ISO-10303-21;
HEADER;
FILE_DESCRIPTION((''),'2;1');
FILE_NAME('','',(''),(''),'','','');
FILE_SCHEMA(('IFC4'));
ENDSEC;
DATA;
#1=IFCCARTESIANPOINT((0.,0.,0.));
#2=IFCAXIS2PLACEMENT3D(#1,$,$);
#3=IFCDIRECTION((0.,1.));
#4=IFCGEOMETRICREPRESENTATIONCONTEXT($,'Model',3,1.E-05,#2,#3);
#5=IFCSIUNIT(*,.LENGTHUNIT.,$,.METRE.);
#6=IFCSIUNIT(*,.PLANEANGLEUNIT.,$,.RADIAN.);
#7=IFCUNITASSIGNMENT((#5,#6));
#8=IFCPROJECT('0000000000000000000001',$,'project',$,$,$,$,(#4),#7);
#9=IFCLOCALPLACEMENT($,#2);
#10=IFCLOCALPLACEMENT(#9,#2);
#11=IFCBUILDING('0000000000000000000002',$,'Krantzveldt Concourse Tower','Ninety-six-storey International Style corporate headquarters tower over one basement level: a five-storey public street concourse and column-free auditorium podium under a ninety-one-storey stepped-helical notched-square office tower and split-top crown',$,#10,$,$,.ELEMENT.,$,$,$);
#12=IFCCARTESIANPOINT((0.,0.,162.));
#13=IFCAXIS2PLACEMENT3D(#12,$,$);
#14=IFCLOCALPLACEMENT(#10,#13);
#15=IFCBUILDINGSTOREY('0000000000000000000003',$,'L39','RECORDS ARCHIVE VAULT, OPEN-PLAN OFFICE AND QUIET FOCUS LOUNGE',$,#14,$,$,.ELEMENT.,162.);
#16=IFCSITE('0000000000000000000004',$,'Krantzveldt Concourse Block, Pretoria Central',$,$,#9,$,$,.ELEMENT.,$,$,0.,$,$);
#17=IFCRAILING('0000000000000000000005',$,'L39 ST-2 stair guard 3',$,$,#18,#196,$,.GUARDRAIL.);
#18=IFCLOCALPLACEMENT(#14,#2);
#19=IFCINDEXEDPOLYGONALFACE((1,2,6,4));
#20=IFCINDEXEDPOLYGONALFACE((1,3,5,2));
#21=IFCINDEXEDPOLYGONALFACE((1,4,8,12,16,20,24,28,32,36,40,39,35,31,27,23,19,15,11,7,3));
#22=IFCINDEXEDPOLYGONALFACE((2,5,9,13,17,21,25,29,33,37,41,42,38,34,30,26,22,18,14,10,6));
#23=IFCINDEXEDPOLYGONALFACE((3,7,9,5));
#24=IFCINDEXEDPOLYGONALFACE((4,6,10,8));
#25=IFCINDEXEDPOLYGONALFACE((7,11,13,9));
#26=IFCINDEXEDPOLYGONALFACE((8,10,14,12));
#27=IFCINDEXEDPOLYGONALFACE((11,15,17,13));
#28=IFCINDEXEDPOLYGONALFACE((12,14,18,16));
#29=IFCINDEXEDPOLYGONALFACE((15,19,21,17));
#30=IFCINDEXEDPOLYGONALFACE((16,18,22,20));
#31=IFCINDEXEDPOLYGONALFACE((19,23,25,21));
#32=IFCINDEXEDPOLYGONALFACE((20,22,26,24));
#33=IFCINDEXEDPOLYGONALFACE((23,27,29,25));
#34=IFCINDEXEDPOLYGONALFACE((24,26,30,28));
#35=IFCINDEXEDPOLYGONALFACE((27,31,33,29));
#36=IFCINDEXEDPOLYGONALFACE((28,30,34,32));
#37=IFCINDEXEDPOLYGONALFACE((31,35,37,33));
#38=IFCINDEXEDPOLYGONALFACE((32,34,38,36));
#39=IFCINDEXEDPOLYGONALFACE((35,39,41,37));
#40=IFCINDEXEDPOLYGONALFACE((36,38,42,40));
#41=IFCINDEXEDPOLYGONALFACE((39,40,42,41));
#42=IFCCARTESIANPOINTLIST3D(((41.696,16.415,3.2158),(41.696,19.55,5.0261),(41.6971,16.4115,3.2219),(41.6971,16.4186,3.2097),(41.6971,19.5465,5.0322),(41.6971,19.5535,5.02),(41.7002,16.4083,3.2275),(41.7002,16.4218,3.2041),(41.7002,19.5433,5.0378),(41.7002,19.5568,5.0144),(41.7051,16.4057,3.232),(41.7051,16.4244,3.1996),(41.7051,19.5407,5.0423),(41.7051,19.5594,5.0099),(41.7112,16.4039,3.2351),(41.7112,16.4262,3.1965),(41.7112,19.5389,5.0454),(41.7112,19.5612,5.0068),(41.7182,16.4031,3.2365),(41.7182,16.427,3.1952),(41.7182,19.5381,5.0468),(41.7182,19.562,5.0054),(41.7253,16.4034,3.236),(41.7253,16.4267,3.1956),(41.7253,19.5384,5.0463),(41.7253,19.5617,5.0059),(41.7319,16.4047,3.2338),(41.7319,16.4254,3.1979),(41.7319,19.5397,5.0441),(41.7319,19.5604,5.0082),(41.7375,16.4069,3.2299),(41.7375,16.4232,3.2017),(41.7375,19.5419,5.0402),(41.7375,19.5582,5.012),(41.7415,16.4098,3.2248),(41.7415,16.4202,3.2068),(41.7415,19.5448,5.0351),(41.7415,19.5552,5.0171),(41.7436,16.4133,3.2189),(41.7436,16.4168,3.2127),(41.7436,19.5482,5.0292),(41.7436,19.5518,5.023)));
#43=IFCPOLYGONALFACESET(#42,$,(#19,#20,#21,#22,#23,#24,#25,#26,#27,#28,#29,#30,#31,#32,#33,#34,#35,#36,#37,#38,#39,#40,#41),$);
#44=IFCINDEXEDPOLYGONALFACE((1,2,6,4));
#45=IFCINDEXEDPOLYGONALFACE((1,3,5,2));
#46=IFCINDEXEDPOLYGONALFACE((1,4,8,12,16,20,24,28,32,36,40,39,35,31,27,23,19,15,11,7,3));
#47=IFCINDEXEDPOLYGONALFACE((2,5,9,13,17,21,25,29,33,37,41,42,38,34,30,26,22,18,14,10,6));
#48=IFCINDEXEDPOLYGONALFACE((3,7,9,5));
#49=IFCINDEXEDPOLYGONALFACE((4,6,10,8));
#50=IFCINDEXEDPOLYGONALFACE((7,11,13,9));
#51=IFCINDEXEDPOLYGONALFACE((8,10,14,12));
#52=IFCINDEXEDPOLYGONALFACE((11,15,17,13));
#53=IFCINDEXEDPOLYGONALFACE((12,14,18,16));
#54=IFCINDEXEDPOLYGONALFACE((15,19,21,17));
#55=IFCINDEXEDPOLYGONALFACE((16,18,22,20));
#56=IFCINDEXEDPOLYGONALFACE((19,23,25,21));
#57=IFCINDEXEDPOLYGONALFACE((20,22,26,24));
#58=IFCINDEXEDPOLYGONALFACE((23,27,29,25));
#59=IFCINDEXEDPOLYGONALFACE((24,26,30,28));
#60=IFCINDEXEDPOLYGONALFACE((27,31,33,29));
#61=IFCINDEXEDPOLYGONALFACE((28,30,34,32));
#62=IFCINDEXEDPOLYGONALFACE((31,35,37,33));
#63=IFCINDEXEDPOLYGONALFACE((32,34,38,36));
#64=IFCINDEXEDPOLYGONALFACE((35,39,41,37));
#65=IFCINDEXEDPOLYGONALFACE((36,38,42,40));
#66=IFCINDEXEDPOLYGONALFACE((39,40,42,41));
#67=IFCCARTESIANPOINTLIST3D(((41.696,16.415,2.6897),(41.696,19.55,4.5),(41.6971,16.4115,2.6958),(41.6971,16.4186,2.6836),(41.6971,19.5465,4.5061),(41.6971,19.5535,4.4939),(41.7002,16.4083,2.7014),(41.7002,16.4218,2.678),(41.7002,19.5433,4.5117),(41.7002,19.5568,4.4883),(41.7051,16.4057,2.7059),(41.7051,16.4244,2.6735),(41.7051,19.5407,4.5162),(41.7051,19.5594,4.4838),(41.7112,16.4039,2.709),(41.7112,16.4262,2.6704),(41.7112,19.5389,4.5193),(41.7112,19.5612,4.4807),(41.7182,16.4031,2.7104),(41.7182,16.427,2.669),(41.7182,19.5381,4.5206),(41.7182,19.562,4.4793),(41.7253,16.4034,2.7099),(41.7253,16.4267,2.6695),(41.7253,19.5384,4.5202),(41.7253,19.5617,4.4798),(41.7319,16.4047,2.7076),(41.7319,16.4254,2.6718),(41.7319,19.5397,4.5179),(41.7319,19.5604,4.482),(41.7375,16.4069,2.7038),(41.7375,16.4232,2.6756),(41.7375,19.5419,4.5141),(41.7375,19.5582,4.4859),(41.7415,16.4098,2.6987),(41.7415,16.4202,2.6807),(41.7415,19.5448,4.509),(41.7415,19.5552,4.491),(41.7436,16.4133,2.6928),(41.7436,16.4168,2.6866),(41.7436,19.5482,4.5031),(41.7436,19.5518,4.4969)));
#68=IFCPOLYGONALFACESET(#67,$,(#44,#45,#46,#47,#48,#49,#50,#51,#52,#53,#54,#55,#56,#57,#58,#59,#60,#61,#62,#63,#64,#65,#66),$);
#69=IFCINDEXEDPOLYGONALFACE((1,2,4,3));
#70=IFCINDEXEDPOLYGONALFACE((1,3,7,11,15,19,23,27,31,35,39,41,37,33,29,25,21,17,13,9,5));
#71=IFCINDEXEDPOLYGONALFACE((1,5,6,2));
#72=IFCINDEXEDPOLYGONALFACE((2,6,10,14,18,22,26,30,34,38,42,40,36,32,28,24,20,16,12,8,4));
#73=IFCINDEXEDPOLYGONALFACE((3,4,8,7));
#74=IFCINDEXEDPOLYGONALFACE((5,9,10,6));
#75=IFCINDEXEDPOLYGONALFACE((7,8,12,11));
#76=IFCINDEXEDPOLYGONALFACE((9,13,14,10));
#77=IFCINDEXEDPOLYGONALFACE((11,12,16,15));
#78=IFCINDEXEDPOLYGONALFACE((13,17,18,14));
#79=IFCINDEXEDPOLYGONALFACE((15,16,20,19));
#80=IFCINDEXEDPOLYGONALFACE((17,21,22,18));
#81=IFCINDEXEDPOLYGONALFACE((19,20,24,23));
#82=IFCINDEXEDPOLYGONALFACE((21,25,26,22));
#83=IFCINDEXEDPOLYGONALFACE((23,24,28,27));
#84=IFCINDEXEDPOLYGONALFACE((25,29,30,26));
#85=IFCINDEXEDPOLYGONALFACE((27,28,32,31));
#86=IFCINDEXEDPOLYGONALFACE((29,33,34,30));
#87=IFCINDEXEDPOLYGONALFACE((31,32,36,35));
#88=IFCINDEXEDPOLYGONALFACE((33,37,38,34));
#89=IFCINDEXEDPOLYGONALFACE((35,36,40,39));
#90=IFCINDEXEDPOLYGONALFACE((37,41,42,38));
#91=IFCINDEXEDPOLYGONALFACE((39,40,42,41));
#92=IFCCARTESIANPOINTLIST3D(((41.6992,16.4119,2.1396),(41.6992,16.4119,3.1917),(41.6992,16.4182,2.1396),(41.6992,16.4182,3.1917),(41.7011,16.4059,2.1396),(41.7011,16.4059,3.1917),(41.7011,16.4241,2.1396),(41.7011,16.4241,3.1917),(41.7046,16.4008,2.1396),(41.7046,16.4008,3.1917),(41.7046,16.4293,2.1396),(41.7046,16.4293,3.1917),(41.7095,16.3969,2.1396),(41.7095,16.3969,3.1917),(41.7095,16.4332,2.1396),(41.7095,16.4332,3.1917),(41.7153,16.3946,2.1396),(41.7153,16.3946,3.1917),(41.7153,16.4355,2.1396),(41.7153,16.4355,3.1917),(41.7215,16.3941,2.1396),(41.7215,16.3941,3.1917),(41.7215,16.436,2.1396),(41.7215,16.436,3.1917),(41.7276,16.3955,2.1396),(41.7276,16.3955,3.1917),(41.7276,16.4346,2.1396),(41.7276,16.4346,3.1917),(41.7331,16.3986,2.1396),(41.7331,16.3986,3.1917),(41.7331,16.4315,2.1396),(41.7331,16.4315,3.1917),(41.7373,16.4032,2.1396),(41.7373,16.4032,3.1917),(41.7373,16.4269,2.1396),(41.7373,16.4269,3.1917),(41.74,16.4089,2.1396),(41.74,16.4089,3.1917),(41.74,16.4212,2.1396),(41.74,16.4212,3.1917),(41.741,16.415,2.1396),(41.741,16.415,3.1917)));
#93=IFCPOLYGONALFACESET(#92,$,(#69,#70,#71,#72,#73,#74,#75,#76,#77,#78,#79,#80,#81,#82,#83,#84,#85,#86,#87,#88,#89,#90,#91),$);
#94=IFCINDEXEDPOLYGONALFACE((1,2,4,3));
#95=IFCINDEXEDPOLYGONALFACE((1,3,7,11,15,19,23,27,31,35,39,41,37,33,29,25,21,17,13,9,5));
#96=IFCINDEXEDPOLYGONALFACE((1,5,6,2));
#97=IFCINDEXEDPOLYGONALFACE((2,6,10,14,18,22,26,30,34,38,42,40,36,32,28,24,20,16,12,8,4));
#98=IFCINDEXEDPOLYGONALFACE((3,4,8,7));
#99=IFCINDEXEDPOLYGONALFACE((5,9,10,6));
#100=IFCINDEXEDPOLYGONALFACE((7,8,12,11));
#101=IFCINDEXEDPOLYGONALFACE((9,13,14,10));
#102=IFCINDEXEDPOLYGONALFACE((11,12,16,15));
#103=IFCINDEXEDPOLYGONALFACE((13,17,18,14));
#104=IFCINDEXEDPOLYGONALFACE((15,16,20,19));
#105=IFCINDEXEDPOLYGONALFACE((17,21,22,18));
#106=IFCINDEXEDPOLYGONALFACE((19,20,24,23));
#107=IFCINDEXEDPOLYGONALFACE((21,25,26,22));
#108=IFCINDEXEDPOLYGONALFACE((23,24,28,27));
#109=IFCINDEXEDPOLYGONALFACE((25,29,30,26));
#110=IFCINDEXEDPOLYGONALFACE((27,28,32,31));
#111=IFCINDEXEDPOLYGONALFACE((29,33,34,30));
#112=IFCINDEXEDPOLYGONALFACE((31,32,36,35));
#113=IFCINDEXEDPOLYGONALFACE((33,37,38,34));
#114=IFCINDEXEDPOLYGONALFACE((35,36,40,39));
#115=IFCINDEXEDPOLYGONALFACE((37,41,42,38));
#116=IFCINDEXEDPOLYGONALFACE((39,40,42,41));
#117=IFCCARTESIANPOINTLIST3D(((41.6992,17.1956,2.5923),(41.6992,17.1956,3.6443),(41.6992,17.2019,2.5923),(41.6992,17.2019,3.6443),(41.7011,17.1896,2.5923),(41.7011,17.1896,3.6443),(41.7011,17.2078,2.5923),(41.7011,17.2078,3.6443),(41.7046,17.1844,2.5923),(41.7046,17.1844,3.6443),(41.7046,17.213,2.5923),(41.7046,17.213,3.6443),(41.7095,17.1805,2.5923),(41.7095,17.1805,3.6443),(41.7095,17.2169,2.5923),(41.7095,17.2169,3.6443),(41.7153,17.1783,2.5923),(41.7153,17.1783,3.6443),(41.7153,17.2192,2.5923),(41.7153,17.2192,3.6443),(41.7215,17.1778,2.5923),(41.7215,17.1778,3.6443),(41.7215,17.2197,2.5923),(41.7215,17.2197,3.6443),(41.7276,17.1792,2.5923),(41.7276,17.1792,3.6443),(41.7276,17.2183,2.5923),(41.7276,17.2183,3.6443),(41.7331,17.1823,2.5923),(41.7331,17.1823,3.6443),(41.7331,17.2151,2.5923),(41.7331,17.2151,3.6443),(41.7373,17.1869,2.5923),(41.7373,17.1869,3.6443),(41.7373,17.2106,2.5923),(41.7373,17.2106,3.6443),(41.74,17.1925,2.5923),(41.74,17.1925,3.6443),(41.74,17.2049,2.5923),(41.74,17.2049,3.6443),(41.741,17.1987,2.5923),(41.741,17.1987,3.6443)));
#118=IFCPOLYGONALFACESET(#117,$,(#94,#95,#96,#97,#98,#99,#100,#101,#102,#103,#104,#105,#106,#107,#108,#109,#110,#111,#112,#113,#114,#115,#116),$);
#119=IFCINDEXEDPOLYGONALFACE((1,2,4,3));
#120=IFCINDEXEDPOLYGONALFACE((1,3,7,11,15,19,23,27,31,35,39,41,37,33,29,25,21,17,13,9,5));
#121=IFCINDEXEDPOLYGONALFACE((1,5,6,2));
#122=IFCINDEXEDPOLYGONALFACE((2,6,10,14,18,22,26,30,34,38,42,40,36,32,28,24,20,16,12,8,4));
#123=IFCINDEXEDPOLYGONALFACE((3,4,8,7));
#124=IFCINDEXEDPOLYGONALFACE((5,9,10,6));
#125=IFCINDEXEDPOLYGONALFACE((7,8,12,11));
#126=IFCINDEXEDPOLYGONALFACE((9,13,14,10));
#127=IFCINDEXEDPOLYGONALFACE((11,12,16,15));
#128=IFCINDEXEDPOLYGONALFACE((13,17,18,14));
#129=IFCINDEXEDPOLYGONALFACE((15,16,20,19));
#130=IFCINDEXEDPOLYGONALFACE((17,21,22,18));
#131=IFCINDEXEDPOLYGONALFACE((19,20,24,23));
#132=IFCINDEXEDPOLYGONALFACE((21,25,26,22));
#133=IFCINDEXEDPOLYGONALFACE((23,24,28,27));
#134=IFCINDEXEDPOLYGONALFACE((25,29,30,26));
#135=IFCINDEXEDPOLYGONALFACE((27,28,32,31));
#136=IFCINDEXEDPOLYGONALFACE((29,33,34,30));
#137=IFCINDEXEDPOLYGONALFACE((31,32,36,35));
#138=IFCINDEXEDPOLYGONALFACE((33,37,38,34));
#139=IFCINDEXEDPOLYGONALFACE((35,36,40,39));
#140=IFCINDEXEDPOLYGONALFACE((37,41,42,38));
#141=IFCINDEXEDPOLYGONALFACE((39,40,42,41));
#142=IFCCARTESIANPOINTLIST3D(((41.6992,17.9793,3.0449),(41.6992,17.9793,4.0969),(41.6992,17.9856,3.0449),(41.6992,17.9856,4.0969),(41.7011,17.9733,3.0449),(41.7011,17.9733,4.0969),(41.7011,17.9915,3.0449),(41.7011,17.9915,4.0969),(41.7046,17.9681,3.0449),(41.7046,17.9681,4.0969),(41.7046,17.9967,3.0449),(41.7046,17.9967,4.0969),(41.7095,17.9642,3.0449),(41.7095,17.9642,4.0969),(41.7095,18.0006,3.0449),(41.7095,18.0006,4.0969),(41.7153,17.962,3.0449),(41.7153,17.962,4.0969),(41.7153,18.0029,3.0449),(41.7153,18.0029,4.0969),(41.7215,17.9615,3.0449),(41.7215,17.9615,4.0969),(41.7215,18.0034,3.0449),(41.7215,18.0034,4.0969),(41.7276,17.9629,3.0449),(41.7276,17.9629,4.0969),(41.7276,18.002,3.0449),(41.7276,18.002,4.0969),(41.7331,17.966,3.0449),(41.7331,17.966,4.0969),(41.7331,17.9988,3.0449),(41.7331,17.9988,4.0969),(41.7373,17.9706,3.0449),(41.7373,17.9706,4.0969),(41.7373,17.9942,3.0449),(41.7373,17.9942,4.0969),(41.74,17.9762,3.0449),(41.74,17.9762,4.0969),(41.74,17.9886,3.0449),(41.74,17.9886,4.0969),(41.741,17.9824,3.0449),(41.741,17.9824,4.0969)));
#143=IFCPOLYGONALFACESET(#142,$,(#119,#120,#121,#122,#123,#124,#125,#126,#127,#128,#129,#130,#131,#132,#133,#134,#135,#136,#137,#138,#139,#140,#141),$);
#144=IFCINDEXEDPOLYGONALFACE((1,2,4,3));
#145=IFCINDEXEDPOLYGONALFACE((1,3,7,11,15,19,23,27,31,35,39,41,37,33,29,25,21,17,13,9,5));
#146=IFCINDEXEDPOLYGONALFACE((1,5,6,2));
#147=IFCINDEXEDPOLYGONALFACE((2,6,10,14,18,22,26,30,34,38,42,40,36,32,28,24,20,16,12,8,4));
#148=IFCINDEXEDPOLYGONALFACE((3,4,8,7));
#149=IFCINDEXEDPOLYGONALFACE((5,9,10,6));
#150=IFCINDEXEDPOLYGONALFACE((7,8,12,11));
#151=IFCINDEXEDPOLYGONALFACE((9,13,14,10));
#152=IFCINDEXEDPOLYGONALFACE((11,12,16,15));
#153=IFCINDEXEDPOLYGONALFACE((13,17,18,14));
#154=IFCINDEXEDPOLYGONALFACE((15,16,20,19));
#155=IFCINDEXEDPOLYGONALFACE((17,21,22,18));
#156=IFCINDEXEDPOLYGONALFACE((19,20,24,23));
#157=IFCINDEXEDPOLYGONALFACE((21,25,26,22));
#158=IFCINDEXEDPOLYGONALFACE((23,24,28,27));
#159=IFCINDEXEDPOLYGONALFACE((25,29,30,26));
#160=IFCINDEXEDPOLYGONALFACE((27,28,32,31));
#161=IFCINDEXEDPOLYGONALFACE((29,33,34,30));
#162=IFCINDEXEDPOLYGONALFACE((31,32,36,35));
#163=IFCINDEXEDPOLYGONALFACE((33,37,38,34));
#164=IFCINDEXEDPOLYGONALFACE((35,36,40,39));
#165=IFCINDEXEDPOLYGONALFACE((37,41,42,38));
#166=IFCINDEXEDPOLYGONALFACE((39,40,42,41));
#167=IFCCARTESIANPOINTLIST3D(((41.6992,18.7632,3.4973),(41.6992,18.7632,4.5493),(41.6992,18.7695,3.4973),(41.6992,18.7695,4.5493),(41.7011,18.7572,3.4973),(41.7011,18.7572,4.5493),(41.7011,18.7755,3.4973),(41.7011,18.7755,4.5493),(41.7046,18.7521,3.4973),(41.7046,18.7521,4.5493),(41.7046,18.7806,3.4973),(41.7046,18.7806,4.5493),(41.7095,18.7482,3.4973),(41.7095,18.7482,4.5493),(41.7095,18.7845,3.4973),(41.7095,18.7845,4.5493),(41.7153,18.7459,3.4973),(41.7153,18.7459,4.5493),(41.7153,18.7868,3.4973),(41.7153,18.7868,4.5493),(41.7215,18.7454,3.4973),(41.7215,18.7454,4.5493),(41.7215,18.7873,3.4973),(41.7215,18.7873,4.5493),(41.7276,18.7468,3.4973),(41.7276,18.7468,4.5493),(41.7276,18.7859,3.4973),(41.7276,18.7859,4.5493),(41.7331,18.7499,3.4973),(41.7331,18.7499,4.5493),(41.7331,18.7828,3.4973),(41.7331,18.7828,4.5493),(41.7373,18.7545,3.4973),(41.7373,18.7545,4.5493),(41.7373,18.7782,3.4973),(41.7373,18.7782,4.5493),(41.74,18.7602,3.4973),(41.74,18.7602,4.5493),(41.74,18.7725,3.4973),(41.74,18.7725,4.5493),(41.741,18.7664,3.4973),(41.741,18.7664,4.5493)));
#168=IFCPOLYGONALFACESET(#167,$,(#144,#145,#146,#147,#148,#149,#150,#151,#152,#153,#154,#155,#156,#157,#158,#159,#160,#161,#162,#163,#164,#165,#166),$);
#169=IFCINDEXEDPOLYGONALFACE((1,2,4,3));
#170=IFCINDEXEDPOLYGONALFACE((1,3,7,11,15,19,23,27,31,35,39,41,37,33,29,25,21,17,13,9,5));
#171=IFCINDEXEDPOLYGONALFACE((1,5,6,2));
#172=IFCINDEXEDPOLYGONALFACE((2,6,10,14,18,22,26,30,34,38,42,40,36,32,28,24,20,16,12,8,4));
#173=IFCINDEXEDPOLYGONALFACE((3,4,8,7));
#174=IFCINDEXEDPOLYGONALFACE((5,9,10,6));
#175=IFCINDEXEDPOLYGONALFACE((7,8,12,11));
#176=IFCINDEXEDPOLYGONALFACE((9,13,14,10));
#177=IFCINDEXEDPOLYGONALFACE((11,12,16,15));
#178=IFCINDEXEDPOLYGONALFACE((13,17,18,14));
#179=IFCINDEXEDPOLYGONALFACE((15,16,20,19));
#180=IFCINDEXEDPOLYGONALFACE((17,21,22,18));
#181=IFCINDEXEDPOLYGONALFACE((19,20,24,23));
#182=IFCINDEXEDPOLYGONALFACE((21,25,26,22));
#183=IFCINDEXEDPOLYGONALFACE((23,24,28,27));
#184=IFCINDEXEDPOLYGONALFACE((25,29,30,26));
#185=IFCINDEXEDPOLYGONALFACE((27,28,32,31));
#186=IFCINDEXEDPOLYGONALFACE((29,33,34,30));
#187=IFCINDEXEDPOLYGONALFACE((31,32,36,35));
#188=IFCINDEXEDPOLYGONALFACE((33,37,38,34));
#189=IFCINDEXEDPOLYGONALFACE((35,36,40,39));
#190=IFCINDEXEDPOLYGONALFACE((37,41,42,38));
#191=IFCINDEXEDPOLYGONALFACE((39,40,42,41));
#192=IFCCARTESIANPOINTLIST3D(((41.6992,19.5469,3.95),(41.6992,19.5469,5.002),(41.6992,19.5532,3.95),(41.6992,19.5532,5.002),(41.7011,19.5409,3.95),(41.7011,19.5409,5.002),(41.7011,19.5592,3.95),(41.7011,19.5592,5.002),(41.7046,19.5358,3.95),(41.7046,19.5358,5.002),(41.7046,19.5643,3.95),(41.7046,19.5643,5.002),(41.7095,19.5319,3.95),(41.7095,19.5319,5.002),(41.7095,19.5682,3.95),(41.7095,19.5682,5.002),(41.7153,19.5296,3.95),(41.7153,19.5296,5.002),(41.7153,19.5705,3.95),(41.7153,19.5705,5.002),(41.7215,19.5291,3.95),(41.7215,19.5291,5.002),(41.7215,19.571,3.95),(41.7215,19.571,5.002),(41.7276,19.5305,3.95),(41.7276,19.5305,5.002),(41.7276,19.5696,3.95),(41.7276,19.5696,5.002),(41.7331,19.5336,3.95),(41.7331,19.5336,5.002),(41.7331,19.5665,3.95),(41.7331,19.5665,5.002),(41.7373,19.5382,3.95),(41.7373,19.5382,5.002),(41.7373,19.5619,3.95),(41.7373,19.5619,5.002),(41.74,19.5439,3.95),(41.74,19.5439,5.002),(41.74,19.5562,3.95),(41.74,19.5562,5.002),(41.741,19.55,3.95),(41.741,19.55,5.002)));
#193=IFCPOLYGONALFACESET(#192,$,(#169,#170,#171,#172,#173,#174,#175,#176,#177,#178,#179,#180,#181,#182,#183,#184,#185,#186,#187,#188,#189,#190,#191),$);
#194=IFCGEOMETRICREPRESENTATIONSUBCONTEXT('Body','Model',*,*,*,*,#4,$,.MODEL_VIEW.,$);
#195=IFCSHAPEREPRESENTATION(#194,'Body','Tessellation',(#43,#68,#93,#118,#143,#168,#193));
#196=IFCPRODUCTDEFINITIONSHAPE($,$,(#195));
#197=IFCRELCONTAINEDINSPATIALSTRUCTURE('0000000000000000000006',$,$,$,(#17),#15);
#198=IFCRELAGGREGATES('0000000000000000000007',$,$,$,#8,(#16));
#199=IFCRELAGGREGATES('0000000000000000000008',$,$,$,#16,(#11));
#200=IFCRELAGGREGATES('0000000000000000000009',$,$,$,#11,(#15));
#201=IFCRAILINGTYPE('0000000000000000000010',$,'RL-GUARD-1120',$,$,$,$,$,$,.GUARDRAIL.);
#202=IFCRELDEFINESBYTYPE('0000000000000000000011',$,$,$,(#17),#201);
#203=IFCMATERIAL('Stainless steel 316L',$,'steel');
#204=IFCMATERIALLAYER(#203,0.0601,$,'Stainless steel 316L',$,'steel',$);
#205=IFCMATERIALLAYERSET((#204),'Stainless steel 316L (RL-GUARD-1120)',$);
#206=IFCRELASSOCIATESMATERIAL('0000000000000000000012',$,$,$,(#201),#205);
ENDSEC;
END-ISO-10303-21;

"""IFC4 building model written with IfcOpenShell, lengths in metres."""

from ifc_helpers import new_model, si_unit, direction, frame, origin, origin_2d, place, context, subcontext, project, spatial, circle, extrude, material, layer, layer_set, type_object, element, save


model = new_model("IFC4")

# Units and contexts
model_context = context("Model", 3, precision=1e-05, world=origin(), true_north=direction((0.0, 1.0)))
body_context = subcontext(model_context, "Body", "Model", "MODEL_VIEW")
ifc_project = project(units=[si_unit("LENGTHUNIT", "METRE"), si_unit("PLANEANGLEUNIT", "RADIAN")], contexts=[model_context])

# Site, building, storey
site_placement = place(None, origin())
site = spatial("IfcSite", under=ifc_project, at=site_placement, Name="Krantzveldt Concourse Block, Pretoria Central", CompositionType="ELEMENT", RefElevation=0.0)
building_placement = place(site_placement, origin())
building = spatial("IfcBuilding", under=site, at=building_placement, Name="Krantzveldt Concourse Tower", Description="Ninety-six-storey International Style corporate headquarters tower over one basement level: a five-storey public street concourse and column-free auditorium podium under a ninety-one-storey stepped-helical notched-square office tower and split-top crown", CompositionType="ELEMENT")
storey_placement = place(building_placement, frame((0.0, 0.0, 162.0)))
storey = spatial("IfcBuildingStorey", under=building, at=storey_placement, Name="L39", Description="RECORDS ARCHIVE VAULT, OPEN-PLAN OFFICE AND QUIET FOCUS LOUNGE", CompositionType="ELEMENT", Elevation=162.0)

# Railing
ifc_material_1 = material(Name="Stainless steel 316L", Category="steel")
ifc_layer_1 = layer(ifc_material_1, 0.0601, Name="Stainless steel 316L", Category="steel")
ifc_layer_set_1 = layer_set([ifc_layer_1], Name="Stainless steel 316L (RL-GUARD-1120)")
railing_type_1 = type_object("IfcRailingType", Name="RL-GUARD-1120", PredefinedType="GUARDRAIL", material=ifc_layer_set_1)
railing_1_placement = place(storey_placement, frame((41.72, 16.415, 2.1396)))
element("IfcRailing", 1, at=railing_1_placement, inside=storey, type_object=railing_type_1, Name="L39 ST-2 stair guard 3", PredefinedType="GUARDRAIL", context=body_context, shape_type="SweptSolid", body=[
    extrude(circle(Radius=0.0239, at=origin_2d()), frame((0.0, 0.0, 1.0762), z_axis=(0.0, 0.865989, 0.500063), x_axis=(-1.0, 0.0, 0.0)), (0.0, 0.0, 1.0), 3.6201),
    extrude(circle(Radius=0.0239, at=origin_2d()), frame((0.0, 0.0, 0.55), z_axis=(0.0, 0.865989, 0.500063), x_axis=(-1.0, 0.0, 0.0)), (0.0, 0.0, 1.0), 3.6201),
    extrude(circle(Radius=0.021, at=origin_2d()), origin(), (0.0, 0.0, 1.0), 1.052),
    extrude(circle(Radius=0.021, at=origin_2d()), frame((0.0, 0.7837, 0.4526)), (0.0, 0.0, 1.0), 1.052),
    extrude(circle(Radius=0.021, at=origin_2d()), frame((0.0, 1.5674, 0.9053)), (0.0, 0.0, 1.0), 1.052),
    extrude(circle(Radius=0.021, at=origin_2d()), frame((0.0, 2.3513, 1.3577)), (0.0, 0.0, 1.0), 1.052),
    extrude(circle(Radius=0.021, at=origin_2d()), frame((0.0, 3.135, 1.8103)), (0.0, 0.0, 1.0), 1.052),
])

save(model, "model.ifc")
